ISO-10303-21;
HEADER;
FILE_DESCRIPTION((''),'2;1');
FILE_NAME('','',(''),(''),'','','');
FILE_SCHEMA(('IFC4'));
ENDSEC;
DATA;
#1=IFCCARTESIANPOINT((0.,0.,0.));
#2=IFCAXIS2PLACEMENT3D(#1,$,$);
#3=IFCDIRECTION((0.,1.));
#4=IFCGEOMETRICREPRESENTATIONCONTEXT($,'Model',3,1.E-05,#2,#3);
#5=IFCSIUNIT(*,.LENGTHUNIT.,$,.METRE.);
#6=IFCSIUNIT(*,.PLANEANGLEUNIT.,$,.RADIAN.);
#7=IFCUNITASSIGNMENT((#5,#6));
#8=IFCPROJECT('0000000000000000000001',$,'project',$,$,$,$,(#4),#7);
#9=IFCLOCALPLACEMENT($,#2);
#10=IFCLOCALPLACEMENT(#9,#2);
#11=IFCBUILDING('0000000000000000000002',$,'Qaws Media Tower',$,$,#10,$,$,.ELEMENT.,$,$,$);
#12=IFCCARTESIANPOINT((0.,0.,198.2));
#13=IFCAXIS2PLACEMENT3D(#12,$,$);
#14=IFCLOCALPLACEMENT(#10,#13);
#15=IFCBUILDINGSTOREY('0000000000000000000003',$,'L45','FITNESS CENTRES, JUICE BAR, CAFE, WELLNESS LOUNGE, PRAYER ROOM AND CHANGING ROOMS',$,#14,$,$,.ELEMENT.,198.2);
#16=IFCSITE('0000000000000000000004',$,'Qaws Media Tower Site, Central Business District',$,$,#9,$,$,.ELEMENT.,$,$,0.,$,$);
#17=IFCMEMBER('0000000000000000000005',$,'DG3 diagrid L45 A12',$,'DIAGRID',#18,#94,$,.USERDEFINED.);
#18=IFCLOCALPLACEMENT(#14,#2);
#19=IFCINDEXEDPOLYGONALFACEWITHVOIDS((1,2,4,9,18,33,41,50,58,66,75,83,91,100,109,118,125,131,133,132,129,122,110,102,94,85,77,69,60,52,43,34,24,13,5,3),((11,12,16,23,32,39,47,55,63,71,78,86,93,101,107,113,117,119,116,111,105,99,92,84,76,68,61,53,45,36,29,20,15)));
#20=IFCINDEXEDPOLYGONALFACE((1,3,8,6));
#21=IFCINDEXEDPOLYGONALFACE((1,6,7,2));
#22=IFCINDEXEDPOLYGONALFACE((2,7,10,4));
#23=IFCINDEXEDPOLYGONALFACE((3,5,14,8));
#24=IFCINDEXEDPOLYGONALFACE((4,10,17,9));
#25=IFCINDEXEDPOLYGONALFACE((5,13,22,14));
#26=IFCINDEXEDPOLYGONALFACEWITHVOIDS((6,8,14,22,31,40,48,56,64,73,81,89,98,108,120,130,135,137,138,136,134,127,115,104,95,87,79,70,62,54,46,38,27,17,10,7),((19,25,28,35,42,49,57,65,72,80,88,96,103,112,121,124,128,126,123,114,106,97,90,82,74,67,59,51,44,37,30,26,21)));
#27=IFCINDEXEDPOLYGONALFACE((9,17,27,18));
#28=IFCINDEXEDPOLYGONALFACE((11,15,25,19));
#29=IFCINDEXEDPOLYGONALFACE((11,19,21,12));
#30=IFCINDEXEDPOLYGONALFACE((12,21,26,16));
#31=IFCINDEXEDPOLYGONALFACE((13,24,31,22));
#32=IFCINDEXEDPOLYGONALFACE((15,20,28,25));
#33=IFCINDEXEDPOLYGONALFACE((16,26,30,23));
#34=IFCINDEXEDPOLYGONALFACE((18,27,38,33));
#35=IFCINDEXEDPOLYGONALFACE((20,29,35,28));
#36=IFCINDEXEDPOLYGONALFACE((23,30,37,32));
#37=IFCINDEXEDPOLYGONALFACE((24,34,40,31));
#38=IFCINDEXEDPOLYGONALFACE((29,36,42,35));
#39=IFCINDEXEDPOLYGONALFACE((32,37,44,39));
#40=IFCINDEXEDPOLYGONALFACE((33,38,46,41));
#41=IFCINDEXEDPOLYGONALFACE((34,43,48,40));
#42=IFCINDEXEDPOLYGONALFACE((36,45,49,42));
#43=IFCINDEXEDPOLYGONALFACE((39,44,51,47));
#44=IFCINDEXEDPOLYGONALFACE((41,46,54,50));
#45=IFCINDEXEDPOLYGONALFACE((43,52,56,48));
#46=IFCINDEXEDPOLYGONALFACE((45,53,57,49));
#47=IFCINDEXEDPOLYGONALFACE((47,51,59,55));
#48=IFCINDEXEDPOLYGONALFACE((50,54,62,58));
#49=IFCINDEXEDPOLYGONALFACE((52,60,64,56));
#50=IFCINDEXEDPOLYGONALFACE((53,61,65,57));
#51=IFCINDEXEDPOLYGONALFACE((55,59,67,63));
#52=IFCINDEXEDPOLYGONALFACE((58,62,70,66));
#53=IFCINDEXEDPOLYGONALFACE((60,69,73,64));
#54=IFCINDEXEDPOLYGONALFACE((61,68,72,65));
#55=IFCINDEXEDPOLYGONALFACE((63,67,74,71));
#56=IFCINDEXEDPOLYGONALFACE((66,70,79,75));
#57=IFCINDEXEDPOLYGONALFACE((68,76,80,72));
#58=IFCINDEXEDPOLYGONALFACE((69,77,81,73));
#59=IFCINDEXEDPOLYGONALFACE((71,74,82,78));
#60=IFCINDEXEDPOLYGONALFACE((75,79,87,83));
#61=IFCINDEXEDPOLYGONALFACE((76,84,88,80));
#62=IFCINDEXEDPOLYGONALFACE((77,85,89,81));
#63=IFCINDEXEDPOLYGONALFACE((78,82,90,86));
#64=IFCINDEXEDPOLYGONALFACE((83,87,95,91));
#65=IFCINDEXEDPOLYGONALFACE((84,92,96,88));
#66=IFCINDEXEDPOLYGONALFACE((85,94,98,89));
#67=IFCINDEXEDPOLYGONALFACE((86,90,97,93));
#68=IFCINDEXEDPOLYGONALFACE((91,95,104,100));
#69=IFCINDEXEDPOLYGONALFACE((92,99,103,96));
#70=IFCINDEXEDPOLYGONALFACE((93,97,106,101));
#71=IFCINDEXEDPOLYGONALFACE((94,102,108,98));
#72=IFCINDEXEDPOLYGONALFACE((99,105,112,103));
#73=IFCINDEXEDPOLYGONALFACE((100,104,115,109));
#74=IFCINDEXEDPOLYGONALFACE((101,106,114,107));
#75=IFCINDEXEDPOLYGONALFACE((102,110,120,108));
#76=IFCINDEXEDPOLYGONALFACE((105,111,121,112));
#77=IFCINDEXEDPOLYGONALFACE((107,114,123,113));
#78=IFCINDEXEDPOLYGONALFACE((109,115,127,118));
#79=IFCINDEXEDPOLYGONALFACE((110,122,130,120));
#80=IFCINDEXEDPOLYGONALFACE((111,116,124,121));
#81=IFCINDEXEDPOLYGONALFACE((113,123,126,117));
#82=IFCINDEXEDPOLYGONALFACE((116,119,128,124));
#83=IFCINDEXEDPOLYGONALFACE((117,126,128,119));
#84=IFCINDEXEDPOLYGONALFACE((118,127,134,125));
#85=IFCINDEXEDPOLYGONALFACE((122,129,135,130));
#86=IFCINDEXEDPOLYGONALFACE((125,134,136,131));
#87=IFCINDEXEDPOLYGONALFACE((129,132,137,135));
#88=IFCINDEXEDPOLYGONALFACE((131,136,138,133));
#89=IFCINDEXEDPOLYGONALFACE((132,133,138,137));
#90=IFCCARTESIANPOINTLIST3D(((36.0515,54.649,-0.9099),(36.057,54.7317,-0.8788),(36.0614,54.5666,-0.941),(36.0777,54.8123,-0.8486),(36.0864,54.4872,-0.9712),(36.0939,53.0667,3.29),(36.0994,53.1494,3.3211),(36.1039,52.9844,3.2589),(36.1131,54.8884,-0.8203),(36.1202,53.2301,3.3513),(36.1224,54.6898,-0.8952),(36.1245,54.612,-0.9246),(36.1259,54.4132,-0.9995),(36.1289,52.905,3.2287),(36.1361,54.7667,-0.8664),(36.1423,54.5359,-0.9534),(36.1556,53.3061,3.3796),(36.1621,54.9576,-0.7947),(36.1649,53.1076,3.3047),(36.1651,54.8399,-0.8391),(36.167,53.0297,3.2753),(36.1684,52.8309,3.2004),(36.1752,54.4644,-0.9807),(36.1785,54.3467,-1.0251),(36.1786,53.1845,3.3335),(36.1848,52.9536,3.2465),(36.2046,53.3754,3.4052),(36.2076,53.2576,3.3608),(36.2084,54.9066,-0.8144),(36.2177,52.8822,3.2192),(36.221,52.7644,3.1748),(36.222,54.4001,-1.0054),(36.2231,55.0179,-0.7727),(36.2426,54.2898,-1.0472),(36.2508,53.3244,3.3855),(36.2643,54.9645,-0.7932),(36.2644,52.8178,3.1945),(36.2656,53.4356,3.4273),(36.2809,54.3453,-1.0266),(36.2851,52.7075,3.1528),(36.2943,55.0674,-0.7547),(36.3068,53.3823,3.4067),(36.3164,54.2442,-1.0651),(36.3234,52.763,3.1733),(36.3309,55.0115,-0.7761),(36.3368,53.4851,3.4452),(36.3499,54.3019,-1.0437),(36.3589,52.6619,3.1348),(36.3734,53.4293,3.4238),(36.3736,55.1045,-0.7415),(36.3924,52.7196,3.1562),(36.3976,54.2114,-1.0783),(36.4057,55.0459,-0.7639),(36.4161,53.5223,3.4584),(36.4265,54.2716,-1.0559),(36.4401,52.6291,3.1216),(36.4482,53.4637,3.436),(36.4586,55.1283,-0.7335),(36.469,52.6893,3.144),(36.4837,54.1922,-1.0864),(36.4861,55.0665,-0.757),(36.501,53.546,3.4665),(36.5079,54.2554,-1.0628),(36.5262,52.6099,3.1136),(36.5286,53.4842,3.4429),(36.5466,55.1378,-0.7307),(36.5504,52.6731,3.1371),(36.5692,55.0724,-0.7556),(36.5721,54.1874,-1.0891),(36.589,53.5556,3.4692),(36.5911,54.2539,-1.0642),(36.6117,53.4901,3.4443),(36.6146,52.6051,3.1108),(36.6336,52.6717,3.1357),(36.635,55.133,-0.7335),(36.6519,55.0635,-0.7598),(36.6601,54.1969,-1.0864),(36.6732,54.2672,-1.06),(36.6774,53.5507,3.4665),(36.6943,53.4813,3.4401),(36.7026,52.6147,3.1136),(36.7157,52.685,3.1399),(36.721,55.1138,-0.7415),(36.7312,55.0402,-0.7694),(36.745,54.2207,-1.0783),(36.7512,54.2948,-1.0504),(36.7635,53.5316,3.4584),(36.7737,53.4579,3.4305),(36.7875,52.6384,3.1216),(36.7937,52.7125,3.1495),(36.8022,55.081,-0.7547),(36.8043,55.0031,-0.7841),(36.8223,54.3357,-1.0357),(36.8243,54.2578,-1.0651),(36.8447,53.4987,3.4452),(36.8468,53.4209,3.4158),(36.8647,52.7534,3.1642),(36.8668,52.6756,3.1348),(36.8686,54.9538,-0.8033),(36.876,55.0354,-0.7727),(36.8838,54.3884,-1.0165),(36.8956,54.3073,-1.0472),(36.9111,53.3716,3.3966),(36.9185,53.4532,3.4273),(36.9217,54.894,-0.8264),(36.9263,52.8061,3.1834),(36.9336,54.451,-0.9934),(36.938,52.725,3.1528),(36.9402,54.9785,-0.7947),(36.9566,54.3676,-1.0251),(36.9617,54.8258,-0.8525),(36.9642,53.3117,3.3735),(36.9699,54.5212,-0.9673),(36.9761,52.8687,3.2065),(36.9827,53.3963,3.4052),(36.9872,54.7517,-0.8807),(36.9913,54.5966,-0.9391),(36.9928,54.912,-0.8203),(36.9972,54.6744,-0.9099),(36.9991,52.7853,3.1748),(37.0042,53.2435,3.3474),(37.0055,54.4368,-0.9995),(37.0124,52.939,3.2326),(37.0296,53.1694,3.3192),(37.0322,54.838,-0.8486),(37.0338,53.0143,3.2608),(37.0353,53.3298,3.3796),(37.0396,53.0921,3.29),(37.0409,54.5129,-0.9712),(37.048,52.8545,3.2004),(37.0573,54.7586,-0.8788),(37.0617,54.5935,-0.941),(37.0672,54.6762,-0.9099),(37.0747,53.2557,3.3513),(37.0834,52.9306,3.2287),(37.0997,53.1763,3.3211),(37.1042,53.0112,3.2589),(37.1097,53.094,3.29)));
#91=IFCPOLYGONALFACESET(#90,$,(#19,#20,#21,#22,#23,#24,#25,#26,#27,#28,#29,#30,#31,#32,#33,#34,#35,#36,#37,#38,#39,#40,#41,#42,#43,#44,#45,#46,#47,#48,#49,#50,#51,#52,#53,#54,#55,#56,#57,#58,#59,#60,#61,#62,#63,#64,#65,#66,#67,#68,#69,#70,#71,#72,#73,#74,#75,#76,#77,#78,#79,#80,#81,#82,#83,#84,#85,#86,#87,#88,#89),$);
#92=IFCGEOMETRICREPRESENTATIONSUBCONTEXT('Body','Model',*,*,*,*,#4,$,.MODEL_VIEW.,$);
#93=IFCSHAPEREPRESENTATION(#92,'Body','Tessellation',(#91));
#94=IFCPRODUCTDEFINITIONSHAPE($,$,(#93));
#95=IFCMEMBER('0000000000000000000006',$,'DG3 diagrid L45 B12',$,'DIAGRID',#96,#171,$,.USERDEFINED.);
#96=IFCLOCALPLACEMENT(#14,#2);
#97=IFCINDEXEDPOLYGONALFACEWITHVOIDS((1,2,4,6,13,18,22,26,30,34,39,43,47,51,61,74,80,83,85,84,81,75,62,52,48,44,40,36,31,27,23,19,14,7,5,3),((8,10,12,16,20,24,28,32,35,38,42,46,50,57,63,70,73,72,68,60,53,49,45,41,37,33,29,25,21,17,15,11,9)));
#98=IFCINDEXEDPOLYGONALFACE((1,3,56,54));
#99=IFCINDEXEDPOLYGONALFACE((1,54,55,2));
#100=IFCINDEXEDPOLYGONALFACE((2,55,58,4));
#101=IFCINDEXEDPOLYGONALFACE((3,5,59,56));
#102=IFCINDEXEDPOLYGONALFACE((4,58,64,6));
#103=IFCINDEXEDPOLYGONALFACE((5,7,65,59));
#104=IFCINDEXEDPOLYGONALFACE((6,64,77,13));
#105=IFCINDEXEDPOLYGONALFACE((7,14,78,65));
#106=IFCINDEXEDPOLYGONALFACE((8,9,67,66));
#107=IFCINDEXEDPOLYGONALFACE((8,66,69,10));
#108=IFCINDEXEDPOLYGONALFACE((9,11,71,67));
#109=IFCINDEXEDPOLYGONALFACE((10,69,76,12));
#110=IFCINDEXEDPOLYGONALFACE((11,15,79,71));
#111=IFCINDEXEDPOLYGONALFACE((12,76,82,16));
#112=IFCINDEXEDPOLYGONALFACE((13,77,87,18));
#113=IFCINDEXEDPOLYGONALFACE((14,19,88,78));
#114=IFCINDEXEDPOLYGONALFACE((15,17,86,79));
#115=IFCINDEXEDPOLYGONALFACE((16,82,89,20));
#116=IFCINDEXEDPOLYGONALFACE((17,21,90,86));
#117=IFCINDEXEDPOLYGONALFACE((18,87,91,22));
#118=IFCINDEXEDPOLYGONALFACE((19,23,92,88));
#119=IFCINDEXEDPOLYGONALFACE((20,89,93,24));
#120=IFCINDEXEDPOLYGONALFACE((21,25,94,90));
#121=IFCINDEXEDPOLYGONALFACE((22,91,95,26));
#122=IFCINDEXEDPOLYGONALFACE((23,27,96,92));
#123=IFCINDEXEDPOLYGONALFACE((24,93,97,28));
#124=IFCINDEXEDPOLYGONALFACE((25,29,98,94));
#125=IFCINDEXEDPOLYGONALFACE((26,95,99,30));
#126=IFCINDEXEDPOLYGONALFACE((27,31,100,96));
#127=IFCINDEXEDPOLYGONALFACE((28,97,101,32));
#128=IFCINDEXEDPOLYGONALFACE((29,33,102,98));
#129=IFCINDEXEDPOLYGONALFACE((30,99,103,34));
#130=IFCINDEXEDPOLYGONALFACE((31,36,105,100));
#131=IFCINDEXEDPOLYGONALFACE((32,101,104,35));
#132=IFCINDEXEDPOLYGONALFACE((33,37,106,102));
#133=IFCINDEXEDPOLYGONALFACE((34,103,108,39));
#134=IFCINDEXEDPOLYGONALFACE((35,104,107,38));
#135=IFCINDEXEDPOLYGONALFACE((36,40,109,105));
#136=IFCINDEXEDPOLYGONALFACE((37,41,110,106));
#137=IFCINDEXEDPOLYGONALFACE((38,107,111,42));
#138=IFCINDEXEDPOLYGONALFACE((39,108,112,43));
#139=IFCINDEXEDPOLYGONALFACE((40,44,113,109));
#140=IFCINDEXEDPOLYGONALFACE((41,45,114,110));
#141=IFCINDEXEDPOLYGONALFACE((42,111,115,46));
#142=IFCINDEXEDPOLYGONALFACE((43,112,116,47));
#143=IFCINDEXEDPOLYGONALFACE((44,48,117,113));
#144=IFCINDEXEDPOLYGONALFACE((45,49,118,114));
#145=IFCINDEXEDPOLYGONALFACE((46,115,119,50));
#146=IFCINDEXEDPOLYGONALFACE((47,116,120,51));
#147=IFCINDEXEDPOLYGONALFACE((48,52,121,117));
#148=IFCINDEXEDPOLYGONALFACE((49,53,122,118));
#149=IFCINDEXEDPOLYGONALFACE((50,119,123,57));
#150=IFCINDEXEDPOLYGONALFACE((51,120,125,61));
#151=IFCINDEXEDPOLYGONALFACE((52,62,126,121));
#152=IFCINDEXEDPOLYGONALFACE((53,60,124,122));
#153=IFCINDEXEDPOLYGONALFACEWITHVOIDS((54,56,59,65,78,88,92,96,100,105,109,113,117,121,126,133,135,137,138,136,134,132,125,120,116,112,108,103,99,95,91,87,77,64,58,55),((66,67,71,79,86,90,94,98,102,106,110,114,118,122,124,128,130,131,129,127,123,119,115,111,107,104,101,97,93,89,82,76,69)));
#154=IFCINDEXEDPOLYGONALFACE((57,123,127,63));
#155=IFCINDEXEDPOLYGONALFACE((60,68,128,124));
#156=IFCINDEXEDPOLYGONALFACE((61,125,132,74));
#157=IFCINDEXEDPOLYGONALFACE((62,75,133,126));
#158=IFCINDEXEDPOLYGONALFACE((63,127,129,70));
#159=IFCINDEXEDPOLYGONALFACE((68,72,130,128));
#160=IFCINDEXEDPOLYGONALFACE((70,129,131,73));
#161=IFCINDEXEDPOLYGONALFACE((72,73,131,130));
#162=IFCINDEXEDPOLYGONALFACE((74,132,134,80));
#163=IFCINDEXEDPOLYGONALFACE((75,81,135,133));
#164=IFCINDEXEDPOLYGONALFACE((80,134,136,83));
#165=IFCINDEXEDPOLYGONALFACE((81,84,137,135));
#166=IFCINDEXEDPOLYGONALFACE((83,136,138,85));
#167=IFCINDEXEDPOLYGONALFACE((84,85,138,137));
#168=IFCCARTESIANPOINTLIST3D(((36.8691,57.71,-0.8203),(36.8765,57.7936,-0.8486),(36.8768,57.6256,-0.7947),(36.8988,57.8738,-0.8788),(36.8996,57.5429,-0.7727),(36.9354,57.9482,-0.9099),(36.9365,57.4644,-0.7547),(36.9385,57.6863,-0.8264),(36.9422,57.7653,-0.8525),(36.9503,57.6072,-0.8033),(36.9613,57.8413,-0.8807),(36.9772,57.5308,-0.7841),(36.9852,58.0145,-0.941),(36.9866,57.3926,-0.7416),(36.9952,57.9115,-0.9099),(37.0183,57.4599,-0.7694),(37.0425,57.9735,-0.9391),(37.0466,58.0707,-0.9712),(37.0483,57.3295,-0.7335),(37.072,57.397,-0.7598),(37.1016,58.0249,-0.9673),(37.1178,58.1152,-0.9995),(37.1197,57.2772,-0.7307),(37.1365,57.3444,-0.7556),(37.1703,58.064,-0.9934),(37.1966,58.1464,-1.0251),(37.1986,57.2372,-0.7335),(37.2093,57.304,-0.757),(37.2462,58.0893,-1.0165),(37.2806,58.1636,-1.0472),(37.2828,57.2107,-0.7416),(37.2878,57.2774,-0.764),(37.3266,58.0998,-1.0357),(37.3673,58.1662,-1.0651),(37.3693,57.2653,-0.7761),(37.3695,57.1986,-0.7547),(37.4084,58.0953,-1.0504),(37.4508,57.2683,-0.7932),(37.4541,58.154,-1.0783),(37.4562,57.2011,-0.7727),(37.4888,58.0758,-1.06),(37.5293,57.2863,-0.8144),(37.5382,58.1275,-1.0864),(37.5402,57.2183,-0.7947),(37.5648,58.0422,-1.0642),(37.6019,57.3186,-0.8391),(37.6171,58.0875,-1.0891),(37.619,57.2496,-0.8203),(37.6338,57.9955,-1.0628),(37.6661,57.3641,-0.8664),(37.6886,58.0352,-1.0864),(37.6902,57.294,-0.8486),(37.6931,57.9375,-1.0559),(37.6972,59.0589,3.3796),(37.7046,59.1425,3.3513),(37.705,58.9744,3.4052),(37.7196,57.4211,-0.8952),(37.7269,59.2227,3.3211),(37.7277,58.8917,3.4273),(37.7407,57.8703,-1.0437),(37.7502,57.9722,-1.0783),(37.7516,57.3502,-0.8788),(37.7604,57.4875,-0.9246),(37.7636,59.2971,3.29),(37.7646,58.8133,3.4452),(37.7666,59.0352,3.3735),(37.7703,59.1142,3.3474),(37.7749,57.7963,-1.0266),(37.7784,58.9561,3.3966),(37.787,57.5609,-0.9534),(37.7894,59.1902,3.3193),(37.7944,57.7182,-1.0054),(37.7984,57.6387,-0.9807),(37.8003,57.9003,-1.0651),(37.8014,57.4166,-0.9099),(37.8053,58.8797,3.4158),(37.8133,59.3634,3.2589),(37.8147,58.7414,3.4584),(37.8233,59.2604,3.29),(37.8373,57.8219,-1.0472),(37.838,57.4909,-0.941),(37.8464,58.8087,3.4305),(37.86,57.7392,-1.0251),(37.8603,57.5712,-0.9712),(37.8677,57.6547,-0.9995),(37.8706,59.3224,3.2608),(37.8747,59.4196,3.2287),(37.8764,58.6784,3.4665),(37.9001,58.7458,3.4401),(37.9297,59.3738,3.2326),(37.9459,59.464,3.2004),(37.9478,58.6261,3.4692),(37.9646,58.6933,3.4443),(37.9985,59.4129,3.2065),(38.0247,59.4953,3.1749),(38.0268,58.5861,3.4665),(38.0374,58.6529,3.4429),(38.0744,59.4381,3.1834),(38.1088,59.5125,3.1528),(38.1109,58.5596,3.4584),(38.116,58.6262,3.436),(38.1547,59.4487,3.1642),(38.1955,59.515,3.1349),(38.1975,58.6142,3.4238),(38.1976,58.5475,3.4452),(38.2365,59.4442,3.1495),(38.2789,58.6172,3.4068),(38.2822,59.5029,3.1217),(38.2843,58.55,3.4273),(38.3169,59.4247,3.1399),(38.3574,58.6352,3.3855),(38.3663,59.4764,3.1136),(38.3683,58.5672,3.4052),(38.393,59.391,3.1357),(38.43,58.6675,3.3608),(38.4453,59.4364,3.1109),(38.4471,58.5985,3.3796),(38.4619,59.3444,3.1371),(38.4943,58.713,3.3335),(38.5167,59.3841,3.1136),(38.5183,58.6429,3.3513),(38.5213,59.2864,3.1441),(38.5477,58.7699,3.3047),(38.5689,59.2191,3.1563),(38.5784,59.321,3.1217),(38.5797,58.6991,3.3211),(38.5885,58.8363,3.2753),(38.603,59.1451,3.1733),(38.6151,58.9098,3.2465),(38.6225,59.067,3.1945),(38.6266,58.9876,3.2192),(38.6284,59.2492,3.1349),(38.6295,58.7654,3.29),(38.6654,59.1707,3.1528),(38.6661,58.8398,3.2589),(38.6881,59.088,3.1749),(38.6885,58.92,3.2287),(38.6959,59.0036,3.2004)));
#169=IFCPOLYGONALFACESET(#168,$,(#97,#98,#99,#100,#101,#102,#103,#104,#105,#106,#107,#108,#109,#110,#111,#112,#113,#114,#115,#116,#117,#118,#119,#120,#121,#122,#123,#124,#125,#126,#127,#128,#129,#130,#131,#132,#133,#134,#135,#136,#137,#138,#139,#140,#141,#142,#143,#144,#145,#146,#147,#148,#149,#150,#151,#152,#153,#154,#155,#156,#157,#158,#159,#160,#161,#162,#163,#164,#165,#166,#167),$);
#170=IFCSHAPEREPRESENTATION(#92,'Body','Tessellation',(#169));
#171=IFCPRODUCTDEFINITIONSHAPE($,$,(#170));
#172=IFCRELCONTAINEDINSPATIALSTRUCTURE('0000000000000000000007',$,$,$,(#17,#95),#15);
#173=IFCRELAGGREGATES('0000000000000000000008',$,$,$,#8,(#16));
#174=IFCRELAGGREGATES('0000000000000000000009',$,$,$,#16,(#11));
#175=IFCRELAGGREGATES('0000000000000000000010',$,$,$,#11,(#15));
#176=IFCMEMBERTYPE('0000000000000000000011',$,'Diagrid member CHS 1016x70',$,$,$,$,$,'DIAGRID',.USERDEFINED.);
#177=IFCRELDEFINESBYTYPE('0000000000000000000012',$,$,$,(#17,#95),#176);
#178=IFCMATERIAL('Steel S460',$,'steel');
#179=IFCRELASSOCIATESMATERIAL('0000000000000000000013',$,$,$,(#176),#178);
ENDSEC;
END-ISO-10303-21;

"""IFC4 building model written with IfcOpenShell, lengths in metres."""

from ifc_helpers import new_model, si_unit, direction, frame, origin, origin_2d, place, context, subcontext, project, spatial, hollow_circle, extrude, material, material_profile, profile_set, type_object, element, save


model = new_model("IFC4")

# Units and contexts
model_context = context("Model", 3, precision=1e-05, world=origin(), true_north=direction((0.0, 1.0)))
body_context = subcontext(model_context, "Body", "Model", "MODEL_VIEW")
ifc_project = project(units=[si_unit("LENGTHUNIT", "METRE"), si_unit("PLANEANGLEUNIT", "RADIAN")], contexts=[model_context])

# Site, building, storey
site_placement = place(None, origin())
site = spatial("IfcSite", under=ifc_project, at=site_placement, Name="Qaws Media Tower Site, Central Business District", CompositionType="ELEMENT", RefElevation=0.0)
building_placement = place(site_placement, origin())
building = spatial("IfcBuilding", under=site, at=building_placement, Name="Qaws Media Tower", CompositionType="ELEMENT")
storey_placement = place(building_placement, frame((0.0, 0.0, 198.2)))
storey = spatial("IfcBuildingStorey", under=building, at=storey_placement, Name="L45", Description="FITNESS CENTRES, JUICE BAR, CAFE, WELLNESS LOUNGE, PRAYER ROOM AND CHANGING ROOMS", CompositionType="ELEMENT", Elevation=198.2)

# Members
ifc_material_1 = material(Name="Steel S460", Category="steel")
ifc_material_profile_1 = material_profile(ifc_material_1, hollow_circle(Radius=0.5081, WallThickness=0.0701, at=origin_2d()), Name="CHS 1016x70")
ifc_profile_set_1 = profile_set([ifc_material_profile_1], Name="Steel S460")
member_type_1 = type_object("IfcMemberType", Name="Diagrid member CHS 1016x70", ElementType="DIAGRID", PredefinedType="USERDEFINED", material=ifc_profile_set_1)
for number, where, z_axis, x_axis, name in (
    (1, (36.5593, 54.6626, -0.9099), (0.009465, -0.352532, 0.935752), (0.99964, 0.026838, 0.0), "DG3 diagrid L45 A12"),
    (2, (37.3684, 57.6824, -0.9099), (0.184507, 0.300532, 0.935755), (-0.852209, 0.523202, 0.0), "DG3 diagrid L45 B12"),
):
    element("IfcMember", number, at=place(storey_placement, frame(where, z_axis=z_axis, x_axis=x_axis)), inside=storey, type_object=member_type_1, Name=name, ObjectType="DIAGRID", PredefinedType="USERDEFINED", context=body_context, shape_type="SweptSolid", body=[
        extrude(hollow_circle(Radius=0.5081, WallThickness=0.0701, at=origin_2d()), origin(), (0.0, 0.0, 1.0), 4.4883),
    ])

save(model, "model.ifc")
